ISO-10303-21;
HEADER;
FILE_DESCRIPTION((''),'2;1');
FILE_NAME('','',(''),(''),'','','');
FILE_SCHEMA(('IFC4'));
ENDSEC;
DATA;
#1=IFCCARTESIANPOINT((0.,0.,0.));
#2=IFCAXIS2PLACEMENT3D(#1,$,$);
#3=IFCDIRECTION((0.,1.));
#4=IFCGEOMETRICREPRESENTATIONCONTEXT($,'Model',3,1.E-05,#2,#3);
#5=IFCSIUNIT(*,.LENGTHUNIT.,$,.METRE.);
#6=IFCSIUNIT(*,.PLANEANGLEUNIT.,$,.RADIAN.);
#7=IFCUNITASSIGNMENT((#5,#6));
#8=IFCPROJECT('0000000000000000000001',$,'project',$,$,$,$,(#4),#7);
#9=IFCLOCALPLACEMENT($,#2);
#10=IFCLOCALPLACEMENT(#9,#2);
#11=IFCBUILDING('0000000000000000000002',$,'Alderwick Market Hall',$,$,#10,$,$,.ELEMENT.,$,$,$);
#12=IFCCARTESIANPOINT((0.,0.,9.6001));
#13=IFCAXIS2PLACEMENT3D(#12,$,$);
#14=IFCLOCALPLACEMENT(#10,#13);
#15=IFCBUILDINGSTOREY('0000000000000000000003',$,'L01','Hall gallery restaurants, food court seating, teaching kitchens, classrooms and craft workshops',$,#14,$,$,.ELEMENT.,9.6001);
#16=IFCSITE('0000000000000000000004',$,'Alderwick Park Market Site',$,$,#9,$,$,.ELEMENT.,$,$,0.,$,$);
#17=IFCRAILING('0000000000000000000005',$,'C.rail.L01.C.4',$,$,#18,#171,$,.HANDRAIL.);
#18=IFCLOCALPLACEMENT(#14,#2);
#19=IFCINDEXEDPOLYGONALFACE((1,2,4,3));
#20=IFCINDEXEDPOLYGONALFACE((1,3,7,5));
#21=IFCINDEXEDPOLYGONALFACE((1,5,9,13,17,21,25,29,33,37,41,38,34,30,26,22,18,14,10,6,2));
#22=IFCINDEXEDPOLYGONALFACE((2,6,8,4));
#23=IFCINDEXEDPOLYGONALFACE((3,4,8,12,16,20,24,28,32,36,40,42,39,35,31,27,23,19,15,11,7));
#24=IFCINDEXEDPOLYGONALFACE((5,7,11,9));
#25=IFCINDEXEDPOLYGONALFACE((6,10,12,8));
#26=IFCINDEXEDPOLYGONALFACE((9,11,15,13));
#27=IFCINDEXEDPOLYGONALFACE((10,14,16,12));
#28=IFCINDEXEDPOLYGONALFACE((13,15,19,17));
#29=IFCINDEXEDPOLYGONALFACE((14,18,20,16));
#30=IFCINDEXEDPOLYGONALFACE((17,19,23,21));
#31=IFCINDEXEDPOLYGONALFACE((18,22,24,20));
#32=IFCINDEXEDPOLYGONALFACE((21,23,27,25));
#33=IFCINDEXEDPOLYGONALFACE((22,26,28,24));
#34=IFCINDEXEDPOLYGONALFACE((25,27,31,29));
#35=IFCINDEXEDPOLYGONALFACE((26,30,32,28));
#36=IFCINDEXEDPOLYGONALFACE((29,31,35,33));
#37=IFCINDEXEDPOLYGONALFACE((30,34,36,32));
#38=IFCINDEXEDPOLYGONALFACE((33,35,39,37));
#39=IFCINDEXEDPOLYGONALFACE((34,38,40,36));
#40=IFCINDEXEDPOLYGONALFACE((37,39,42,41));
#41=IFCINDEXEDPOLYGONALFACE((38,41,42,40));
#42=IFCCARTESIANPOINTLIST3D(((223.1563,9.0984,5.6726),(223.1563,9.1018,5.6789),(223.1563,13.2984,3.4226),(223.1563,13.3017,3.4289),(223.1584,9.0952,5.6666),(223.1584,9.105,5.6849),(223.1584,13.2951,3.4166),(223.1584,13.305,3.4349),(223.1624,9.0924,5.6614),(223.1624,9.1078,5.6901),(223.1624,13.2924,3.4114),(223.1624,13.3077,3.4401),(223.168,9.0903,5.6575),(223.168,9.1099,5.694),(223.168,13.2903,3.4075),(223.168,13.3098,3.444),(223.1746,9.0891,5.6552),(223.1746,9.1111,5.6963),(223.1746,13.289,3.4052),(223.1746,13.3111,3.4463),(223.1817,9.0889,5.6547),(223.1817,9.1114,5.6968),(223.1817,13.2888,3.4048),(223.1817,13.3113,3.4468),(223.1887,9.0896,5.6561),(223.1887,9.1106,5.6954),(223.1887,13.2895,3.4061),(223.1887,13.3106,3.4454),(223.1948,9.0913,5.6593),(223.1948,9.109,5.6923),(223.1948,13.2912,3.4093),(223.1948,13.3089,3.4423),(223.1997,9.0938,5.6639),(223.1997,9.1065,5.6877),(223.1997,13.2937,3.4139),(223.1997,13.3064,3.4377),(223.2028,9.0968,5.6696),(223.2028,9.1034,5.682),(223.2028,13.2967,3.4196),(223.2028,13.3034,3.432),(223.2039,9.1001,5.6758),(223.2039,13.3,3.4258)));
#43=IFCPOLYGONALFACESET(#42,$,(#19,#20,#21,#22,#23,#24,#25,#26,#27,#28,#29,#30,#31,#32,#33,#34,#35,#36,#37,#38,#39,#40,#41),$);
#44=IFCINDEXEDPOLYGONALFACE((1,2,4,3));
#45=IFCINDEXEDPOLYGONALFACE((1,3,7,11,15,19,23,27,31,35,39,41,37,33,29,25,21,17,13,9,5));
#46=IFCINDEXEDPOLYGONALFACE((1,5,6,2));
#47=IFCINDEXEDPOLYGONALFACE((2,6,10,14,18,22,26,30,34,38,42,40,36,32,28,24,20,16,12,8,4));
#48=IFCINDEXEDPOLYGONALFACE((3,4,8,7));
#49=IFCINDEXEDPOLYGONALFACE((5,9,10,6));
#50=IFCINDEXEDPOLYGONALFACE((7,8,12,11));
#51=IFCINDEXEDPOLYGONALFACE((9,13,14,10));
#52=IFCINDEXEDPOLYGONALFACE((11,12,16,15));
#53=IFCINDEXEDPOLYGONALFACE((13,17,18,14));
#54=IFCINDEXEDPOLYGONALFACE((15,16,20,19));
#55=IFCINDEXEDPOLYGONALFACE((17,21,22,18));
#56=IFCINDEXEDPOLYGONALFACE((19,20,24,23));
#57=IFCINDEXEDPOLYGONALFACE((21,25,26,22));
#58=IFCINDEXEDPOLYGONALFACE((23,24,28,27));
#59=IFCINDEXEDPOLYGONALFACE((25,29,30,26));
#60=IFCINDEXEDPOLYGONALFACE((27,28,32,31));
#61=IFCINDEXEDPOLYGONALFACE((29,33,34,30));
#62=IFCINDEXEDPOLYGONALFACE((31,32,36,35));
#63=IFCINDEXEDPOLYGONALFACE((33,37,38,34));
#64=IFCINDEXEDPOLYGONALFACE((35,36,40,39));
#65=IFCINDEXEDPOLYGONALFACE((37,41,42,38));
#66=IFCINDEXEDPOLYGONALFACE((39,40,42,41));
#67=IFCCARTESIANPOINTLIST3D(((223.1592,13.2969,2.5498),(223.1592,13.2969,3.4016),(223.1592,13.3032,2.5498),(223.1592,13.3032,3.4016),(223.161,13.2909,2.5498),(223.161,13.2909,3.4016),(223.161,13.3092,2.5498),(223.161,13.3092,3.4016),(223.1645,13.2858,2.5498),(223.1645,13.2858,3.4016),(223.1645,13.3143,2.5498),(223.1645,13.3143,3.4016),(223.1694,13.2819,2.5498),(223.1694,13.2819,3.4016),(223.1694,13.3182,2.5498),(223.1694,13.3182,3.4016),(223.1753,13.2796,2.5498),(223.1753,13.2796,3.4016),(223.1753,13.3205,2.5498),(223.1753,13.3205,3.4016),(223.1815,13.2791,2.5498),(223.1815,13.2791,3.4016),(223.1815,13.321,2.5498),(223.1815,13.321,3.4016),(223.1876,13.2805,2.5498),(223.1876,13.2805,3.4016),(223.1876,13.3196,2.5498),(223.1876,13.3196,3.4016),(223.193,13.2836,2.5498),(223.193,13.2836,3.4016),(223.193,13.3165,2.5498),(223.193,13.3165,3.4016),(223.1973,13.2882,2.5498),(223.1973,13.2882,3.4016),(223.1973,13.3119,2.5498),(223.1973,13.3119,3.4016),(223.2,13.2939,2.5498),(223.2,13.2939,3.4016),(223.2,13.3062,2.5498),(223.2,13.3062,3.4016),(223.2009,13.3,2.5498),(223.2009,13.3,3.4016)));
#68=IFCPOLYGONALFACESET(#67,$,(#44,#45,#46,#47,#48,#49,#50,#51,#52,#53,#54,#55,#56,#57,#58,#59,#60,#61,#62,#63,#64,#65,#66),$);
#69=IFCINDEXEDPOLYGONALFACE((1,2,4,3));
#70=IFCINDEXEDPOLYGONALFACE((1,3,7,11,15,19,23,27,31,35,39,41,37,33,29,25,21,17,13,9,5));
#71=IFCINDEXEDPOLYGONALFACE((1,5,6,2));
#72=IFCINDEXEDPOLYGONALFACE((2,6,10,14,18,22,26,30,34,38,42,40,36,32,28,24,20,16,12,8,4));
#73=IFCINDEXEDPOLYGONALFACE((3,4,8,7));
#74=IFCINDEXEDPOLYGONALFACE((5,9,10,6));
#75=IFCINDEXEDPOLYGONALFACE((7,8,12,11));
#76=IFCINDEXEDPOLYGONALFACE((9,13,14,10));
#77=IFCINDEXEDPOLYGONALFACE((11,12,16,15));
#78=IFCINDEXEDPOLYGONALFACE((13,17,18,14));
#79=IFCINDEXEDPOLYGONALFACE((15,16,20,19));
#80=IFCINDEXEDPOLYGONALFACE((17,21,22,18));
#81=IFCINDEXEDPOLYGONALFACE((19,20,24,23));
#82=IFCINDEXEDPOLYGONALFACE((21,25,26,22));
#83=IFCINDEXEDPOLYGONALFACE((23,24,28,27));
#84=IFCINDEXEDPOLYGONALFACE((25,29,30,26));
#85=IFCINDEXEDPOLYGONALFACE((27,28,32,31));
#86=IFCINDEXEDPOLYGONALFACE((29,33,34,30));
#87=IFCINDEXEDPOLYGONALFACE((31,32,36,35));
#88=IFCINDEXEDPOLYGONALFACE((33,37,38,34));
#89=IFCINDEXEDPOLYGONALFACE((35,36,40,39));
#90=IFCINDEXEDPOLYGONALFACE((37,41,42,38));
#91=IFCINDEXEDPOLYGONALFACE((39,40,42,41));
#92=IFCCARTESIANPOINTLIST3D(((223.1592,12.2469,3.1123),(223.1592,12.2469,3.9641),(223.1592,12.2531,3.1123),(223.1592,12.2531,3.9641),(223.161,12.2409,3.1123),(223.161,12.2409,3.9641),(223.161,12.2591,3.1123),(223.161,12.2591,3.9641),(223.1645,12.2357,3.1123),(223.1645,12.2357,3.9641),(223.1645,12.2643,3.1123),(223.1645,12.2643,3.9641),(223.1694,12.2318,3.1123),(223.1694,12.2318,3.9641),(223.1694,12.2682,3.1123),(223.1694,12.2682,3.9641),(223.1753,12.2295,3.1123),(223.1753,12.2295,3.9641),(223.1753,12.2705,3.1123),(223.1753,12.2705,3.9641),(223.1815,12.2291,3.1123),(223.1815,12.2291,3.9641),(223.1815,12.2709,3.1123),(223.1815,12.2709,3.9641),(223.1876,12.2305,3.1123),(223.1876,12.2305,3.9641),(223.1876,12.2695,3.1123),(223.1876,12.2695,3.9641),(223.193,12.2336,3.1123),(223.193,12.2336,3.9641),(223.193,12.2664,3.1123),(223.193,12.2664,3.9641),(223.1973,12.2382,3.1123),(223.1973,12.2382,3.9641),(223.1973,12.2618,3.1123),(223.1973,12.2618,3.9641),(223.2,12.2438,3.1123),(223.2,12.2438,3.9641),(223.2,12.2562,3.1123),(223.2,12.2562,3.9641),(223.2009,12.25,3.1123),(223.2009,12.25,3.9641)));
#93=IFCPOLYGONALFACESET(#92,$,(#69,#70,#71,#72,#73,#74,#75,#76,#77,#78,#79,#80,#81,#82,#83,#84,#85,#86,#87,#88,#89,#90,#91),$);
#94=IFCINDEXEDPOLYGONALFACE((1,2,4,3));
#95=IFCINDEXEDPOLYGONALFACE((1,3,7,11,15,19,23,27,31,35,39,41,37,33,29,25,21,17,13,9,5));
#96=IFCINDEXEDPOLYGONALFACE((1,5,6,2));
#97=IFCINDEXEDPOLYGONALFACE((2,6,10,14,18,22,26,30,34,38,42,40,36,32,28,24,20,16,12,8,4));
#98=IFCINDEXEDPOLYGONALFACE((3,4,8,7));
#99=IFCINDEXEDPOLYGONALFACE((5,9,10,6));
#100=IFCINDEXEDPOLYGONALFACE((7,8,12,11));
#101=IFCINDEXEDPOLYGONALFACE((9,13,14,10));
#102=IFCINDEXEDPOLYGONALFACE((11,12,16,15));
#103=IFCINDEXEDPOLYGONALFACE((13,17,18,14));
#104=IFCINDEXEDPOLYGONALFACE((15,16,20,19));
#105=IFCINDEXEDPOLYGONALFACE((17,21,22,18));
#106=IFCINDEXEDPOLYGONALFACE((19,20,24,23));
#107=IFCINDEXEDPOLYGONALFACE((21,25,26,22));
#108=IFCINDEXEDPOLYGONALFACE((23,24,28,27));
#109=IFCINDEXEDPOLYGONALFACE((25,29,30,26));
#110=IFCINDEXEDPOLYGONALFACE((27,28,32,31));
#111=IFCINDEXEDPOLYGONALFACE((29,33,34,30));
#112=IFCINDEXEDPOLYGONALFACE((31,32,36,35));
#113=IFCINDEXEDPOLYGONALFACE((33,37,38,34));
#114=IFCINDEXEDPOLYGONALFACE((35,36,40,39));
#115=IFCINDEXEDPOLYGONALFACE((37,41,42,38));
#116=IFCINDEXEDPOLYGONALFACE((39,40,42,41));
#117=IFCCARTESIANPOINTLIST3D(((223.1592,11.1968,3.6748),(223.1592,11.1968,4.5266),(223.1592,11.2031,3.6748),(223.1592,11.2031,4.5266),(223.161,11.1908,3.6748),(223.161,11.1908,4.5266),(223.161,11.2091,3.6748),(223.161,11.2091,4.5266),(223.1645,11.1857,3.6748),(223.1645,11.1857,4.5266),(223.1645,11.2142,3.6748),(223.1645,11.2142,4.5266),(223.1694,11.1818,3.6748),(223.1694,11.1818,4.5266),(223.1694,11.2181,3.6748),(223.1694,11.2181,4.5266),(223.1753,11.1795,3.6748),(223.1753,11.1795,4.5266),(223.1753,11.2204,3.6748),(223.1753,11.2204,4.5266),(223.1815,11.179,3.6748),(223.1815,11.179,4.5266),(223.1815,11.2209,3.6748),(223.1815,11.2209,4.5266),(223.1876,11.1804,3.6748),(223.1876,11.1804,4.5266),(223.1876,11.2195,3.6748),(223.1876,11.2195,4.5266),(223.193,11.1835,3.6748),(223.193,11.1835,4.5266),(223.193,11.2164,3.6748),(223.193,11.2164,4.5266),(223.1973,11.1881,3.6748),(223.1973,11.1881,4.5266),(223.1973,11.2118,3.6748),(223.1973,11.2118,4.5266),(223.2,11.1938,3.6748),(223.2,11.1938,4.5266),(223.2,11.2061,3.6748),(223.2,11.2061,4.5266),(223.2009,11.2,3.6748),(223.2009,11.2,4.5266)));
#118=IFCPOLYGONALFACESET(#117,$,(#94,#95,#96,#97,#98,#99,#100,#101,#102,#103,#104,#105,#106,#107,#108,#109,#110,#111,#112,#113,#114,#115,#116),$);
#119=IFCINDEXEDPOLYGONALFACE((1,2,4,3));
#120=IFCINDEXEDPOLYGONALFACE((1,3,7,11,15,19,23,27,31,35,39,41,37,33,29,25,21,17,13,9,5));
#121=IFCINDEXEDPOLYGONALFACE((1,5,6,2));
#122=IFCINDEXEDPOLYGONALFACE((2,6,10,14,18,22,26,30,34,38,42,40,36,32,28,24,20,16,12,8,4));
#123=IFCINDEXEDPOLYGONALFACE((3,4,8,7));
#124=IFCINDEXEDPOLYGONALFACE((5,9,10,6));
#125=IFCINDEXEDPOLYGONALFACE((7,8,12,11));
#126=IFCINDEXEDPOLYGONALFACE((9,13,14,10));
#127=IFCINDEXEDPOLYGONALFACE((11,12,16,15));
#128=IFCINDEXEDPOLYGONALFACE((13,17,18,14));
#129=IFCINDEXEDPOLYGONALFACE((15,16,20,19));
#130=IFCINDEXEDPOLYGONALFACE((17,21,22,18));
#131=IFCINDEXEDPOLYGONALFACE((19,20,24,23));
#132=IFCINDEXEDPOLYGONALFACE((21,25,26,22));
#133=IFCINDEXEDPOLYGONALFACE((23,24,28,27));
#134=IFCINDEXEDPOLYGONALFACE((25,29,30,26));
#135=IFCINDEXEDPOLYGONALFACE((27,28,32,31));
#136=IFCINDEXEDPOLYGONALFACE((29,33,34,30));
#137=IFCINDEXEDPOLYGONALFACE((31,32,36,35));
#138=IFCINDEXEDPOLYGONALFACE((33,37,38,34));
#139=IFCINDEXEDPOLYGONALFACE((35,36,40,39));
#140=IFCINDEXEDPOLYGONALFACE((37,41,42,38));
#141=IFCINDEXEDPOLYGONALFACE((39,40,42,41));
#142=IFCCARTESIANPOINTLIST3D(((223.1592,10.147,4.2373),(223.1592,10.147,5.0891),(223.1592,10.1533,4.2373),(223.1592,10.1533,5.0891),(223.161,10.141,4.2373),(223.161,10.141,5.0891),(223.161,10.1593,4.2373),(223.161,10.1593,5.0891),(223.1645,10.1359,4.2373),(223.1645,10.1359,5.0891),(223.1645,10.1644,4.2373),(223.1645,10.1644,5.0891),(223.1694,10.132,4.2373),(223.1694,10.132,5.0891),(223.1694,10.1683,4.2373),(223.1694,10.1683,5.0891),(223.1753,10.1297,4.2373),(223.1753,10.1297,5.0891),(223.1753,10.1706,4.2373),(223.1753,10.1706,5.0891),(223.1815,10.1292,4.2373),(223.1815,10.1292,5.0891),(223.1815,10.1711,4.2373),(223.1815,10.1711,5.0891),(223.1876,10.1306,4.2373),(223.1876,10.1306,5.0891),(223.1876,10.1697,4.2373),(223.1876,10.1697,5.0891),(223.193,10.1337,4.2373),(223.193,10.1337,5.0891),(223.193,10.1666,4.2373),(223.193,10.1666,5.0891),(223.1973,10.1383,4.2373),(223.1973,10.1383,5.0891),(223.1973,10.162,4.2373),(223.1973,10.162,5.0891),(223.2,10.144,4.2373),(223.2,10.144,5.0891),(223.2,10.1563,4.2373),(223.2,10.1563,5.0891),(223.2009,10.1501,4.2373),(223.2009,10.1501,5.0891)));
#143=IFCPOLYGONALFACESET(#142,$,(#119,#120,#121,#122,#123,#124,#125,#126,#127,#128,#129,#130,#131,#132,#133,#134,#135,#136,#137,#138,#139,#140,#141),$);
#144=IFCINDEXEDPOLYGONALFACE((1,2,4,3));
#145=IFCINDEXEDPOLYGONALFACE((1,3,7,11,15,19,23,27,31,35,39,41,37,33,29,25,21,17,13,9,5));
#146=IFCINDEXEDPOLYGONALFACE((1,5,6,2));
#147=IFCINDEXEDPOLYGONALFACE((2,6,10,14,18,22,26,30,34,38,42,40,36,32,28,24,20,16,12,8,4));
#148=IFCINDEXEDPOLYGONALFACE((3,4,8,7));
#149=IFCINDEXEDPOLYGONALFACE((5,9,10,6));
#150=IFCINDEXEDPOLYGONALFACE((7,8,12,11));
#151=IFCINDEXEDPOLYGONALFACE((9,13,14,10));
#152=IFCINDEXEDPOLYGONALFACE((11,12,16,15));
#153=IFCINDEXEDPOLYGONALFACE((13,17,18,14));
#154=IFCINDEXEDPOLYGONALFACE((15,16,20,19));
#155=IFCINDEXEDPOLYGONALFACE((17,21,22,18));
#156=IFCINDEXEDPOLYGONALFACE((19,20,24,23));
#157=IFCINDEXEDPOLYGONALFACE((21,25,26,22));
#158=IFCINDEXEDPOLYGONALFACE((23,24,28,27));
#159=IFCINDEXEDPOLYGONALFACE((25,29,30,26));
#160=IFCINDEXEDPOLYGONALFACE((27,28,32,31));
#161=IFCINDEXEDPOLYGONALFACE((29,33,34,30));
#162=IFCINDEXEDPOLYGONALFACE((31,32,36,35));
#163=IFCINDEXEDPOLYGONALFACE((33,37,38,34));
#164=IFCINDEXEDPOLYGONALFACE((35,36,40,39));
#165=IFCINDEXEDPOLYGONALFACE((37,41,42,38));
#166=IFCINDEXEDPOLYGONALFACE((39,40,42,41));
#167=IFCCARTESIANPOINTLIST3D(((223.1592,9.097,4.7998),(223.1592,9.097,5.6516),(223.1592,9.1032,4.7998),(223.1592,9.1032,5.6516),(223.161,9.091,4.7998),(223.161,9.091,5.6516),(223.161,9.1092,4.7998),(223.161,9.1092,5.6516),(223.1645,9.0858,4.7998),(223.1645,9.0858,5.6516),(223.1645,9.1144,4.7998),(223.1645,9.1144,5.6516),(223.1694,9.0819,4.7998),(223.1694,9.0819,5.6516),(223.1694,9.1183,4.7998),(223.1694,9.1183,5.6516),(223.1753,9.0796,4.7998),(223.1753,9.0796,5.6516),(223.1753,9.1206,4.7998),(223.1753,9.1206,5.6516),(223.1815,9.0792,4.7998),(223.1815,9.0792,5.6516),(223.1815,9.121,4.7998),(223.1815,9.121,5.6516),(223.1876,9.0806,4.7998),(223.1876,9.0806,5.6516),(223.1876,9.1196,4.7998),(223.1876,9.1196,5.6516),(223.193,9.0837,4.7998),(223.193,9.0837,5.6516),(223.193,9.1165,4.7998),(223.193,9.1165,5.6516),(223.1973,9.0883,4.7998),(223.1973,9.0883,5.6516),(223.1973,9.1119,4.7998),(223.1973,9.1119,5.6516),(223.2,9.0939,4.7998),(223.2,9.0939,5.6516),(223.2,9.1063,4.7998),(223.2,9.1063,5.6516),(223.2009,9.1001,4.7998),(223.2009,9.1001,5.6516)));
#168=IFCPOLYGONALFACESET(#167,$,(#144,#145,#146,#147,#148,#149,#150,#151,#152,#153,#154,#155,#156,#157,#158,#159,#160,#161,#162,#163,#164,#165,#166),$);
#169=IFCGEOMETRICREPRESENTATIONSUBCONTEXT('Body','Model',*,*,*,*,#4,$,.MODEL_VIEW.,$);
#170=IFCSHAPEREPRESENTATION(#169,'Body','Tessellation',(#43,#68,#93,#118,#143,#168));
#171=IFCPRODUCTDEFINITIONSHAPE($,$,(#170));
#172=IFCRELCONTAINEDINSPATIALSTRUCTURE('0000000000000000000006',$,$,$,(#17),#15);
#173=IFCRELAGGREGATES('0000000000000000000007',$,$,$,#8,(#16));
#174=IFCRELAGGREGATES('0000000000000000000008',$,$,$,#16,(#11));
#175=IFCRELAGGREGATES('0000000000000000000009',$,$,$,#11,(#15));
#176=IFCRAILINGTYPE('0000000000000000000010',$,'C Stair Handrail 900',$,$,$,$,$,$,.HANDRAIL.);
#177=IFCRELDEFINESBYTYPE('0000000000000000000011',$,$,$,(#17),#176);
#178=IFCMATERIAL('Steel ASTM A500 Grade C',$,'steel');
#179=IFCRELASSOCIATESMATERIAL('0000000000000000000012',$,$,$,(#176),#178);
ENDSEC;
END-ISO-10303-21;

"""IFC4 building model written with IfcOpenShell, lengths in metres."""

from ifc_helpers import new_model, si_unit, direction, frame, origin, origin_2d, place, context, subcontext, project, spatial, circle, extrude, material, type_object, element, save


model = new_model("IFC4")

# Units and contexts
model_context = context("Model", 3, precision=1e-05, world=origin(), true_north=direction((0.0, 1.0)))
body_context = subcontext(model_context, "Body", "Model", "MODEL_VIEW")
ifc_project = project(units=[si_unit("LENGTHUNIT", "METRE"), si_unit("PLANEANGLEUNIT", "RADIAN")], contexts=[model_context])

# Site, building, storey
site_placement = place(None, origin())
site = spatial("IfcSite", under=ifc_project, at=site_placement, Name="Alderwick Park Market Site", CompositionType="ELEMENT", RefElevation=0.0)
building_placement = place(site_placement, origin())
building = spatial("IfcBuilding", under=site, at=building_placement, Name="Alderwick Market Hall", CompositionType="ELEMENT")
storey_placement = place(building_placement, frame((0.0, 0.0, 9.6001)))
storey = spatial("IfcBuildingStorey", under=building, at=storey_placement, Name="L01", Description="Hall gallery restaurants, food court seating, teaching kitchens, classrooms and craft workshops", CompositionType="ELEMENT", Elevation=9.6001)

# Railing
ifc_material_1 = material(Name="Steel ASTM A500 Grade C", Category="steel")
railing_type = type_object("IfcRailingType", Name="C Stair Handrail 900", PredefinedType="HANDRAIL", material=ifc_material_1)
for number, where, name in (
    (1, (223.1799, 13.3, 2.5498), "C.rail.L01.C.4"),
):
    element("IfcRailing", number, at=place(storey_placement, frame(where)), inside=storey, type_object=railing_type, Name=name, PredefinedType="HANDRAIL", context=body_context, shape_type="SweptSolid", body=[
        extrude(circle(Radius=0.0239, at=origin_2d()), frame((0.0, 0.0, 0.876), z_axis=(0.0, -0.881478, 0.472226), x_axis=(1.0, 0.0, 0.0)), (0.0, 0.0, 1.0), 4.7646),
        extrude(circle(Radius=0.021, at=origin_2d()), origin(), (0.0, 0.0, 1.0), 0.8518),
        extrude(circle(Radius=0.021, at=origin_2d()), frame((0.0, -1.05, 0.5625)), (0.0, 0.0, 1.0), 0.8518),
        extrude(circle(Radius=0.021, at=origin_2d()), frame((0.0, -2.1001, 1.125)), (0.0, 0.0, 1.0), 0.8518),
        extrude(circle(Radius=0.021, at=origin_2d()), frame((0.0, -3.1499, 1.6875)), (0.0, 0.0, 1.0), 0.8518),
        extrude(circle(Radius=0.021, at=origin_2d()), frame((0.0, -4.2, 2.25)), (0.0, 0.0, 1.0), 0.8518),
    ])

save(model, "model.ifc")
